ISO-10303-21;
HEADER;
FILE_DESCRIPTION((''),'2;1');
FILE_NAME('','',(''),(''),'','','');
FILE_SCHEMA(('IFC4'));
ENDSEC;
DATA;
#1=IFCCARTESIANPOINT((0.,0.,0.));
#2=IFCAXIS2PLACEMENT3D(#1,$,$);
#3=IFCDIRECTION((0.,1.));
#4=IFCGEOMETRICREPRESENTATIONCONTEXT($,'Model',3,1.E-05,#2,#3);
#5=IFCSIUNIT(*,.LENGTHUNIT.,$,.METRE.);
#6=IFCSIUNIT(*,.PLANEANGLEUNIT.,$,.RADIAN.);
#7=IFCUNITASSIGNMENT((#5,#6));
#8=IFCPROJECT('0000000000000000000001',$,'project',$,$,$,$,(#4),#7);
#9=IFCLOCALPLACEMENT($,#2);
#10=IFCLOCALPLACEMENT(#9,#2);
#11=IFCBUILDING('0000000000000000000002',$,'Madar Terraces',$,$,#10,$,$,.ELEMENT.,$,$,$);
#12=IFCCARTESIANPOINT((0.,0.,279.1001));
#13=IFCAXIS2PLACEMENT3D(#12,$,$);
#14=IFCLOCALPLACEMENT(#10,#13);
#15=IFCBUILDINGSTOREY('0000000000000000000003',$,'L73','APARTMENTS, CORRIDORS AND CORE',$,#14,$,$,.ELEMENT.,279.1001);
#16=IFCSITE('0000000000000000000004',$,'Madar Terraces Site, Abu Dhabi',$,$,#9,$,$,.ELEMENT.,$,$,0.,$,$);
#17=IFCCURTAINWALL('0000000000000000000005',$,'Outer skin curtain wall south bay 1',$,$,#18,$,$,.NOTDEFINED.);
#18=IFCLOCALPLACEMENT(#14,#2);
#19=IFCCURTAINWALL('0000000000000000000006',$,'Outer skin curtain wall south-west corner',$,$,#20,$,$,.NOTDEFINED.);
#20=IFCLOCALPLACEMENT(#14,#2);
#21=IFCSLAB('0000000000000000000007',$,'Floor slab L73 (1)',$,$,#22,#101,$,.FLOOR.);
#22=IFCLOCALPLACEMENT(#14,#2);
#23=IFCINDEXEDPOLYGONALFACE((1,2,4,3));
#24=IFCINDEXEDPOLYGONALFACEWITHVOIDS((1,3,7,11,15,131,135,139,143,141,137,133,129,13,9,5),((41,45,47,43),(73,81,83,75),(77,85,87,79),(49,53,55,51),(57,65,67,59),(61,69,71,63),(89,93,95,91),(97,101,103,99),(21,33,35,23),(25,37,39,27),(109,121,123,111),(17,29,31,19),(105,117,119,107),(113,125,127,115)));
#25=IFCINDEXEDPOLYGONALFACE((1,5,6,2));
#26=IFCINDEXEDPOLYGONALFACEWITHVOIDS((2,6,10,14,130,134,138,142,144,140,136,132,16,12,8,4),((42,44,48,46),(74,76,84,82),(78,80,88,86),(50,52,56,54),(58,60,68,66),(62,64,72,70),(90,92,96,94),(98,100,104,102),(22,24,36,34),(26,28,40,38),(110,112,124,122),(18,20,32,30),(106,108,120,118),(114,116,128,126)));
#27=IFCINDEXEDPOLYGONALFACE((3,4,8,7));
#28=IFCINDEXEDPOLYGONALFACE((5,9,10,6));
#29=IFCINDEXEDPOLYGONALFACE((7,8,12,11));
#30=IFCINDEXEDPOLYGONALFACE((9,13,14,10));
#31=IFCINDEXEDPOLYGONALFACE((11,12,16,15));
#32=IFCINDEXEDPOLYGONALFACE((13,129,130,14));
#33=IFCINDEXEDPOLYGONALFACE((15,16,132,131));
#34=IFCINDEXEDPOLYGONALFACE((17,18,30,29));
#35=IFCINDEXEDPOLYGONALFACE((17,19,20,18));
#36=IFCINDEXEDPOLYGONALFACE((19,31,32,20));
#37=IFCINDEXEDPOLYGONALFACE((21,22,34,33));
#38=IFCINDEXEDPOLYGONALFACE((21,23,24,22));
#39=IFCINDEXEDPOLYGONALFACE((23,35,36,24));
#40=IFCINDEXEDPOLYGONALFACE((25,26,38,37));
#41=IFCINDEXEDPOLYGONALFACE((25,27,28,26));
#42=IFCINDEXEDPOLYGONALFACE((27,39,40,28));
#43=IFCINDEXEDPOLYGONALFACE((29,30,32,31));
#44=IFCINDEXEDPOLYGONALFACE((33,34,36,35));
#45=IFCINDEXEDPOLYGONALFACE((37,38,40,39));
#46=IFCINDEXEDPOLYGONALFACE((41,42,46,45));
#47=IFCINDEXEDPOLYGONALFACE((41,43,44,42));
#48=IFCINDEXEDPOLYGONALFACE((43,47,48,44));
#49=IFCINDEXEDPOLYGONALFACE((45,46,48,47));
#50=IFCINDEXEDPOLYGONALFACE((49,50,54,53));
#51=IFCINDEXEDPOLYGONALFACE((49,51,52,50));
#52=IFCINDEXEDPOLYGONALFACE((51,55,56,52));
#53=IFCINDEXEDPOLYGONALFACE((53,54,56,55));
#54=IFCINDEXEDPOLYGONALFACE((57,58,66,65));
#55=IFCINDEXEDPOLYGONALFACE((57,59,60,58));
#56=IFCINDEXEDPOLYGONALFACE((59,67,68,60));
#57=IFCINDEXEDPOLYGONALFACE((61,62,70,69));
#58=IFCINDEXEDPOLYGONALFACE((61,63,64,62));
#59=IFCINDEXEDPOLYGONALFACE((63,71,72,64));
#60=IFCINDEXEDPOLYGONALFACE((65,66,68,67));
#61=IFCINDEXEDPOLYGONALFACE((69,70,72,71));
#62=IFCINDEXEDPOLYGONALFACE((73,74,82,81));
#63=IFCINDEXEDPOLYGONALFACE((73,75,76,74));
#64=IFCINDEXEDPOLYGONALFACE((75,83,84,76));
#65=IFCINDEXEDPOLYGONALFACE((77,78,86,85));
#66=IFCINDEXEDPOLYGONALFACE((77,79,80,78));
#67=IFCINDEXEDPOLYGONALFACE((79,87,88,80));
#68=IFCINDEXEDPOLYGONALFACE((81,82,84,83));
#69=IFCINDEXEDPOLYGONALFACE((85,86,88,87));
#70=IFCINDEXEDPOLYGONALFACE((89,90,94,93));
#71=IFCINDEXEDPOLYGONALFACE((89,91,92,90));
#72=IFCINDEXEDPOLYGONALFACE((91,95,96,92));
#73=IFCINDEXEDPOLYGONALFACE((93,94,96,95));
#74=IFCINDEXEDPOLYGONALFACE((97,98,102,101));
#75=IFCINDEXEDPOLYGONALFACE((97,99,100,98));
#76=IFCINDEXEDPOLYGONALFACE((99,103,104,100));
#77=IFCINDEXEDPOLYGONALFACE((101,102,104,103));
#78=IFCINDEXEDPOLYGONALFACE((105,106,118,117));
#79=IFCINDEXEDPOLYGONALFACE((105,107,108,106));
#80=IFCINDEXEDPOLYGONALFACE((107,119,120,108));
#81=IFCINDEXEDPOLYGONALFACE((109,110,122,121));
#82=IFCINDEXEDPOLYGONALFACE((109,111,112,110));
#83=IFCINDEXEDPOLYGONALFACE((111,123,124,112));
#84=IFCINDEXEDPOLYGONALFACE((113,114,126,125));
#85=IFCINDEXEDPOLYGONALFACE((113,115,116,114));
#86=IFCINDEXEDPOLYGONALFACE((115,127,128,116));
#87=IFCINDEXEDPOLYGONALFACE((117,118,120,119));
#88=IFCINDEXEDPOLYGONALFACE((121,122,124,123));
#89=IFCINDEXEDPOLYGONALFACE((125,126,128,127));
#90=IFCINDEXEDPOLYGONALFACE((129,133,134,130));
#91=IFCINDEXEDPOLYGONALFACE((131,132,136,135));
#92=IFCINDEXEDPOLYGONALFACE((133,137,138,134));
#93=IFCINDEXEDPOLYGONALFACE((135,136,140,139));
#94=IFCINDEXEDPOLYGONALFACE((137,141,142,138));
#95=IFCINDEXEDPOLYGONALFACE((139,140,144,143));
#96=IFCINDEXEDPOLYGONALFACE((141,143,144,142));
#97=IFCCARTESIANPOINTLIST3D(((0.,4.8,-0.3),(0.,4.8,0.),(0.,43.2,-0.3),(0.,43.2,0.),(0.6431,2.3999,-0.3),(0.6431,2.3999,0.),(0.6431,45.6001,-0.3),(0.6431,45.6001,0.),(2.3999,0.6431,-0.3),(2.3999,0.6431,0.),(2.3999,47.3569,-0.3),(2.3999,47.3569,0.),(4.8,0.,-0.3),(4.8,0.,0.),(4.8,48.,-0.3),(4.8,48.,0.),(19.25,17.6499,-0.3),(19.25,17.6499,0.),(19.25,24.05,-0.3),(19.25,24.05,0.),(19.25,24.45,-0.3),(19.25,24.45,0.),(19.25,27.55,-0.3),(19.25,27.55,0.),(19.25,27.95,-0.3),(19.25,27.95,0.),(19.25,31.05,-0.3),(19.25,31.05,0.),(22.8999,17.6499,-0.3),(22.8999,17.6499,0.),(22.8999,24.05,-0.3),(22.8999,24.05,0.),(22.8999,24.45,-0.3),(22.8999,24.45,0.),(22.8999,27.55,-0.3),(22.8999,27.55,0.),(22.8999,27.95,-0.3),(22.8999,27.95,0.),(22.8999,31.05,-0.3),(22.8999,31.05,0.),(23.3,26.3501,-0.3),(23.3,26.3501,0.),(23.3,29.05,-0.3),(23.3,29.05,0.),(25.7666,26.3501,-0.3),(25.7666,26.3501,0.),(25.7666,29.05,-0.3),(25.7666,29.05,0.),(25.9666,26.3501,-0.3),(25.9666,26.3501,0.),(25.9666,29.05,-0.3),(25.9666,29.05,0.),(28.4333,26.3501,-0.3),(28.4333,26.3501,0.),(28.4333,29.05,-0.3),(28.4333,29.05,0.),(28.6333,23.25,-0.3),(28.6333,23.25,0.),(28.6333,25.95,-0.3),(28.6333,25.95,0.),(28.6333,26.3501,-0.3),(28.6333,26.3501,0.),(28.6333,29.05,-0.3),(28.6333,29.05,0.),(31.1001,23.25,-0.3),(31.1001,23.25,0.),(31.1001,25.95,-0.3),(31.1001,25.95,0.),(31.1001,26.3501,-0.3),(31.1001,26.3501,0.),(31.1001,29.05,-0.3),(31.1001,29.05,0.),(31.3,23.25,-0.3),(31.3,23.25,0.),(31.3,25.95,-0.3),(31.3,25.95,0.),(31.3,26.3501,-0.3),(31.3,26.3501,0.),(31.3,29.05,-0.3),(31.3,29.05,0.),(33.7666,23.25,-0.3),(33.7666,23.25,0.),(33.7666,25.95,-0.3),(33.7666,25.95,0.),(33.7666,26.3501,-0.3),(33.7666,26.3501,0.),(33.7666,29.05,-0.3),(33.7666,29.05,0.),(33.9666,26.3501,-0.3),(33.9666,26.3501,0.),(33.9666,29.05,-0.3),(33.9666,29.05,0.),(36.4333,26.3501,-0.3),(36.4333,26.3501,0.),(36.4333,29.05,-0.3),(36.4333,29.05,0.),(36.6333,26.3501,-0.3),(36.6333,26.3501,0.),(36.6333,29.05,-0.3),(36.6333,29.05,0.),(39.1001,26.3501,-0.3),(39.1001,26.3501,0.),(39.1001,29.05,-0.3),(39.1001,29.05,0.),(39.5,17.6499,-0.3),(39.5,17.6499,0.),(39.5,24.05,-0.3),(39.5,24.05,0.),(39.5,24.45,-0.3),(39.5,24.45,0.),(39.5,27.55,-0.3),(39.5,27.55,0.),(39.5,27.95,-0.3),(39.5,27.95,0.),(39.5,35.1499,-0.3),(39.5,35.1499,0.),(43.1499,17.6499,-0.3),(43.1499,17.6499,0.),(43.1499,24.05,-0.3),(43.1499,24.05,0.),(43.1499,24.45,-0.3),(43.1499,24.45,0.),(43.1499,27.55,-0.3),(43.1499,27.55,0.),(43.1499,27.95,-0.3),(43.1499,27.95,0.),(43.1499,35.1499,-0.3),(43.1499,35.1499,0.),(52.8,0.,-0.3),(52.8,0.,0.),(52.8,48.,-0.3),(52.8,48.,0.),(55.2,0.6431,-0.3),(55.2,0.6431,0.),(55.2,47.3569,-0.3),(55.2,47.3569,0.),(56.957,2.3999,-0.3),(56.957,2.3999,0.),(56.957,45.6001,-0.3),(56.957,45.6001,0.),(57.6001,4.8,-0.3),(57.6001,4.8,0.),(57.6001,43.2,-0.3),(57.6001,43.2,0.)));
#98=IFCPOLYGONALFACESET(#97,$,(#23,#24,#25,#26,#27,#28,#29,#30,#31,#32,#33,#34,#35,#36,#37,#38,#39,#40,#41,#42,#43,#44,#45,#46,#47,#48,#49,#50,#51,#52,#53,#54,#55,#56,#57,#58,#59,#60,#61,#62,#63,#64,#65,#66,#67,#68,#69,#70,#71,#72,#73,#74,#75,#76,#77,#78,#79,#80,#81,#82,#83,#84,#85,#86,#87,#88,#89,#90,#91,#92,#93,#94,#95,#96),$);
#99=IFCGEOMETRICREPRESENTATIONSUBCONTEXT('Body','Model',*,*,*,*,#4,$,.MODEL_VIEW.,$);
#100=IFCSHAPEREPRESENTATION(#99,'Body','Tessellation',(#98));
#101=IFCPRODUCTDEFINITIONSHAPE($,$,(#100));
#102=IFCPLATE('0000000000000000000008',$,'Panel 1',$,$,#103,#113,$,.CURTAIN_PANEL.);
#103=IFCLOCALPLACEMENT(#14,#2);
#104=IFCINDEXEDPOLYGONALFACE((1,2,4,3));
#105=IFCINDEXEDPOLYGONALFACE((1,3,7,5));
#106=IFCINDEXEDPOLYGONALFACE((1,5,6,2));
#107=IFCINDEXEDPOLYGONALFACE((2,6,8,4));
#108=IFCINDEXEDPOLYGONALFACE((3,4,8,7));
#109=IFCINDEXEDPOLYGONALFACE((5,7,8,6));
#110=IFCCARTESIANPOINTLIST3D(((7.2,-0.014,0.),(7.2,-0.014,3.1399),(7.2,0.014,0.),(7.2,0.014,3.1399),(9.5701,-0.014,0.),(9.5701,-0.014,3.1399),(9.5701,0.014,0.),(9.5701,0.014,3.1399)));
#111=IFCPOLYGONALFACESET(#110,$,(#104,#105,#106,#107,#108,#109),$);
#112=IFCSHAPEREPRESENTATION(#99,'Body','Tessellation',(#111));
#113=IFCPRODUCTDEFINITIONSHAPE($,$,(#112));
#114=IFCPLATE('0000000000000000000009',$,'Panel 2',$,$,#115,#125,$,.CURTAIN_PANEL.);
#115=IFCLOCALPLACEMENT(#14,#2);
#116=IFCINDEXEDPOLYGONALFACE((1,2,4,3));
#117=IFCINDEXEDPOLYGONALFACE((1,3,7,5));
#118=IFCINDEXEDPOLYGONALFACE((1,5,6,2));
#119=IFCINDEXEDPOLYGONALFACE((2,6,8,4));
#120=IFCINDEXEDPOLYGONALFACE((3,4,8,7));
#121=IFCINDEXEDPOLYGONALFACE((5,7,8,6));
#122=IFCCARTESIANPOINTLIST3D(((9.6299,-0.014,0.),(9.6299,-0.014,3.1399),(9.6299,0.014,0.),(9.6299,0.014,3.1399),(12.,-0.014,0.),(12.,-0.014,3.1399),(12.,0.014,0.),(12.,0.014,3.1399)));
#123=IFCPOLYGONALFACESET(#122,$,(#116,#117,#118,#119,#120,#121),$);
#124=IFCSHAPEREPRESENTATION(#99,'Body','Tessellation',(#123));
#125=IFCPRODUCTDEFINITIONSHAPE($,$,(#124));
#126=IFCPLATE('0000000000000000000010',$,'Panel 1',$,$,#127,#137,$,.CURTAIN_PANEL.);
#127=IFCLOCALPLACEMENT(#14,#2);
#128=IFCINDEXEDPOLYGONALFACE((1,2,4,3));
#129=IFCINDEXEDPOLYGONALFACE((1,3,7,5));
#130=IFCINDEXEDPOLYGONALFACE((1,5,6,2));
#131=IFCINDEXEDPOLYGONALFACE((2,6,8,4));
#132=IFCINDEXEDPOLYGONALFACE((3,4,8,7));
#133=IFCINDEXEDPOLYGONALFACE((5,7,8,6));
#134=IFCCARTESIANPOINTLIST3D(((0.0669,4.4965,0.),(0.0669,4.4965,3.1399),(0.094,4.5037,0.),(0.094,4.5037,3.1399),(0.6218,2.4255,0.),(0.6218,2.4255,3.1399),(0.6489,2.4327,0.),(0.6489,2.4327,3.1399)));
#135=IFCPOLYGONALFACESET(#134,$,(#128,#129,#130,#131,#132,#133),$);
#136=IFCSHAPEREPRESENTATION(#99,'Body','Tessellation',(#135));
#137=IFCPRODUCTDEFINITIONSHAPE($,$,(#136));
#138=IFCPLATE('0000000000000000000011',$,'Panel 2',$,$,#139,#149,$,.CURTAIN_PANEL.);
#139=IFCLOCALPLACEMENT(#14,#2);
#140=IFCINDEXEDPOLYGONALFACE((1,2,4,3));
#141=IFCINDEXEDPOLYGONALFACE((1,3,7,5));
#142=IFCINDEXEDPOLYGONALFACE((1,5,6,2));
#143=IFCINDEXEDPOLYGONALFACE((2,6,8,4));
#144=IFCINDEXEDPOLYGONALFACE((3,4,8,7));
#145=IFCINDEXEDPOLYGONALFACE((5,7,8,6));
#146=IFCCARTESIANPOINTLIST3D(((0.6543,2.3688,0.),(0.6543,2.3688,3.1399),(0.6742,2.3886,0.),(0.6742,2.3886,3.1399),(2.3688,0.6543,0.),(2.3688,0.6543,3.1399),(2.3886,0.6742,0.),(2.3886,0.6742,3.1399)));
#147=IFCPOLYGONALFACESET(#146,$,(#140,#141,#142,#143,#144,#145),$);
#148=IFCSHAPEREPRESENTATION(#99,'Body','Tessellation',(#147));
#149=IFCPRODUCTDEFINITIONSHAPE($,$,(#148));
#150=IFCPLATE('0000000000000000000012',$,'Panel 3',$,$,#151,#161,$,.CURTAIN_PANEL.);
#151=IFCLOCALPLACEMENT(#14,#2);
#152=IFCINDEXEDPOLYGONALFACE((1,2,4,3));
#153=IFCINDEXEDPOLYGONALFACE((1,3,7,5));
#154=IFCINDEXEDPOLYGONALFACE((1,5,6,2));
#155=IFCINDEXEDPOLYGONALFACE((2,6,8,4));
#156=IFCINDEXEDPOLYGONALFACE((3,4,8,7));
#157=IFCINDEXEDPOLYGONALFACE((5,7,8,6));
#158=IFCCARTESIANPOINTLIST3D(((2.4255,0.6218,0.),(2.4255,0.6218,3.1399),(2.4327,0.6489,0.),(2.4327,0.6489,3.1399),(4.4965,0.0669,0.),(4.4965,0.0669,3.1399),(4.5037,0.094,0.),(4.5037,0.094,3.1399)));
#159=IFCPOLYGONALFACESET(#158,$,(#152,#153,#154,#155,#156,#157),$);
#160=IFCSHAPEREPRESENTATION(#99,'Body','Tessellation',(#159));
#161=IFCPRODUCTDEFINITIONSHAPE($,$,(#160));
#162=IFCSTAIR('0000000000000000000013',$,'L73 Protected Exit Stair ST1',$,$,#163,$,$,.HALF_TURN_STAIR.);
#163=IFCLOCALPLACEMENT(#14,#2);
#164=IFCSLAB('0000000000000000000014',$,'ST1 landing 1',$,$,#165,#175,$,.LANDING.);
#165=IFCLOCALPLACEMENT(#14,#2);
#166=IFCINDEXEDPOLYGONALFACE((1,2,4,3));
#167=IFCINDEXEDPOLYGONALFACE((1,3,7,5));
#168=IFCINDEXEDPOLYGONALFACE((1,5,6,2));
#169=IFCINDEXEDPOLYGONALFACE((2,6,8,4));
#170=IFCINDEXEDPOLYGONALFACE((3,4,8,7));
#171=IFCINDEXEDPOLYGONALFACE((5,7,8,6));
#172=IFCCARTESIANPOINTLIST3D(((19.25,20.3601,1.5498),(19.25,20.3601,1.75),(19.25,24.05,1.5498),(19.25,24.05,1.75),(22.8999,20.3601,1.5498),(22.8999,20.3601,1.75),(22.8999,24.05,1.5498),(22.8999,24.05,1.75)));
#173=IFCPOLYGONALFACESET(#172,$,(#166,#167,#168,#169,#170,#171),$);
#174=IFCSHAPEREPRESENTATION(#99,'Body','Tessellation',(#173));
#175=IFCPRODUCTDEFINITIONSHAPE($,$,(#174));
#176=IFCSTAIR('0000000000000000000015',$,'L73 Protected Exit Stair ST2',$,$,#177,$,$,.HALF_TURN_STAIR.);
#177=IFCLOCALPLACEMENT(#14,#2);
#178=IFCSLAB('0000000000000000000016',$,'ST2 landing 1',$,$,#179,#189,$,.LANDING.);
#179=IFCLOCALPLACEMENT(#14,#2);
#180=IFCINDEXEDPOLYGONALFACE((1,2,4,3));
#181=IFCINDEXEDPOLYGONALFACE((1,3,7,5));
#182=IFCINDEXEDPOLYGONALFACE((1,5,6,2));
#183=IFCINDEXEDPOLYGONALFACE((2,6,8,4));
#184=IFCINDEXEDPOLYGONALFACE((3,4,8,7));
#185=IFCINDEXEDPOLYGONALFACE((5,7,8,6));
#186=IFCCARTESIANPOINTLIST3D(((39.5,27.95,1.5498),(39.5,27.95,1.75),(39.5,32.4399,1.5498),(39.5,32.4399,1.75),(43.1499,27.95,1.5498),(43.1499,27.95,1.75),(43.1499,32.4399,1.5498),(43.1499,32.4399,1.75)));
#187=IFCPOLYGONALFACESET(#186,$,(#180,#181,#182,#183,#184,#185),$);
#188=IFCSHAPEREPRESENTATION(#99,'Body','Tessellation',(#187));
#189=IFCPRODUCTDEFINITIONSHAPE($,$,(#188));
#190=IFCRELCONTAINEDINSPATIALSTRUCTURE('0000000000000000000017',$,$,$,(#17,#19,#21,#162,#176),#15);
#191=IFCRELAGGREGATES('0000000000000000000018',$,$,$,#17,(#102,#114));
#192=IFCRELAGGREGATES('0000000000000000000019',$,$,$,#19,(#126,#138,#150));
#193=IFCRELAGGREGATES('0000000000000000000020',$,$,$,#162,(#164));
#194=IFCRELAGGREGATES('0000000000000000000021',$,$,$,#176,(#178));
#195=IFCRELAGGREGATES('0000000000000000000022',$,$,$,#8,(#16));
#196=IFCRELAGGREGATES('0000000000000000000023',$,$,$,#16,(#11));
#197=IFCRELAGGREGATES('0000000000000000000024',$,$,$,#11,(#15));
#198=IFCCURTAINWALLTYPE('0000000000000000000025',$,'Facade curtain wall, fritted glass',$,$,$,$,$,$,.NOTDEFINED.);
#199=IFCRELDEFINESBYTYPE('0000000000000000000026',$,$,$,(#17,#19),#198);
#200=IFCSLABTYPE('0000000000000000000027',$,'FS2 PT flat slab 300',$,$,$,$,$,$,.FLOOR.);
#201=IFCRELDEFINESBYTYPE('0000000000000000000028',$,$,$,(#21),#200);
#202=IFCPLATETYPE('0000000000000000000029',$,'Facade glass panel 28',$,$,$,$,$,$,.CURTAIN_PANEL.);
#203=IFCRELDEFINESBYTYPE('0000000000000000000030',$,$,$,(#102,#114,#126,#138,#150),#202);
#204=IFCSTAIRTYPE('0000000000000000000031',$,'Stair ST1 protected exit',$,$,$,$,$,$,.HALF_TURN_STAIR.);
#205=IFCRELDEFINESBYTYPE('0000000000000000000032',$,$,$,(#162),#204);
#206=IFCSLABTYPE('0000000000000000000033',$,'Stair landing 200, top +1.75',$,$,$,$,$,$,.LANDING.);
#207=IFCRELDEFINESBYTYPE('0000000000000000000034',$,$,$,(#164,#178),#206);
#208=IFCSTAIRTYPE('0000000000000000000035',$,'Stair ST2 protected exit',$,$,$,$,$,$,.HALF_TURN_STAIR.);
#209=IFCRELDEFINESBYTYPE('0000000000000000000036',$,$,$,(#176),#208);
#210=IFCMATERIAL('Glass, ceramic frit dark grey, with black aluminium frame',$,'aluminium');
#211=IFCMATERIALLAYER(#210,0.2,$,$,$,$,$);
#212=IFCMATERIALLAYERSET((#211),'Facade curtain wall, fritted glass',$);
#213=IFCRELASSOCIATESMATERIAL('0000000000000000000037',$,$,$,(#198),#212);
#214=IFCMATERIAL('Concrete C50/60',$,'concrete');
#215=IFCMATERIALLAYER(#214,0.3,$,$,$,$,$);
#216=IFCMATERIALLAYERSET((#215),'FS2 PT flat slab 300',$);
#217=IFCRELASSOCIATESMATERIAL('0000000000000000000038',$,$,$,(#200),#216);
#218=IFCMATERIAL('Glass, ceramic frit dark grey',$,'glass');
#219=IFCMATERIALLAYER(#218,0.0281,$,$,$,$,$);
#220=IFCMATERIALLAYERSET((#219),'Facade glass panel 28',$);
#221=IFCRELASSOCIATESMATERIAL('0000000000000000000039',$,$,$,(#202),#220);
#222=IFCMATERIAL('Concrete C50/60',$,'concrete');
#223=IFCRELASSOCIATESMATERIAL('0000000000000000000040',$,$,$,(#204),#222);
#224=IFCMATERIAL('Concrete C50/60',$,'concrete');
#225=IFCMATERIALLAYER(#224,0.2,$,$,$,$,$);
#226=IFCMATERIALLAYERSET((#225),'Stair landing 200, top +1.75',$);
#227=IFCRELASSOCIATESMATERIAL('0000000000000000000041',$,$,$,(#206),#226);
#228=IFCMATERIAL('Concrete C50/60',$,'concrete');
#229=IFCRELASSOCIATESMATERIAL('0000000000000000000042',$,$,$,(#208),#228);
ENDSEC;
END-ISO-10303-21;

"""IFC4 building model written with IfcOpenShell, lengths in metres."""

from ifc_helpers import new_model, si_unit, direction, frame, origin, origin_2d, place, context, subcontext, project, spatial, polyline, rectangle, outline, extrude, material, layer, layer_set, type_object, element, aggregate, save


model = new_model("IFC4")

# Units and contexts
model_context = context("Model", 3, precision=1e-05, world=origin(), true_north=direction((0.0, 1.0)))
body_context = subcontext(model_context, "Body", "Model", "MODEL_VIEW")
ifc_project = project(units=[si_unit("LENGTHUNIT", "METRE"), si_unit("PLANEANGLEUNIT", "RADIAN")], contexts=[model_context])

# Site, building, storey
site_placement = place(None, origin())
site = spatial("IfcSite", under=ifc_project, at=site_placement, Name="Madar Terraces Site, Abu Dhabi", CompositionType="ELEMENT", RefElevation=0.0)
building_placement = place(site_placement, origin())
building = spatial("IfcBuilding", under=site, at=building_placement, Name="Madar Terraces", CompositionType="ELEMENT")
storey_placement = place(building_placement, frame((0.0, 0.0, 279.1001)))
storey = spatial("IfcBuildingStorey", under=building, at=storey_placement, Name="L73", Description="APARTMENTS, CORRIDORS AND CORE", CompositionType="ELEMENT", Elevation=279.1001)

# Curtain wall
ifc_material_1 = material(Name="Glass, ceramic frit dark grey, with black aluminium frame", Category="aluminium")
ifc_layer_1 = layer(ifc_material_1, 0.2)
ifc_layer_set_1 = layer_set([ifc_layer_1], Name="Facade curtain wall, fritted glass")
curtain_wall_type = type_object("IfcCurtainWallType", Name="Facade curtain wall, fritted glass", PredefinedType="NOTDEFINED", material=ifc_layer_set_1)
curtain_wall_1_placement = place(storey_placement, origin())
curtain_wall_1 = element("IfcCurtainWall", 1, at=curtain_wall_1_placement, inside=storey, type_object=curtain_wall_type, Name="Outer skin curtain wall south bay 1", PredefinedType="NOTDEFINED")

# Curtain wall
curtain_wall_2_placement = place(storey_placement, origin())
curtain_wall_2 = element("IfcCurtainWall", 2, at=curtain_wall_2_placement, inside=storey, type_object=curtain_wall_type, Name="Outer skin curtain wall south-west corner", PredefinedType="NOTDEFINED")

# Slab
ifc_material_2 = material(Name="Concrete C50/60", Category="concrete")
ifc_layer_2 = layer(ifc_material_2, 0.3)
ifc_layer_set_2 = layer_set([ifc_layer_2], Name="FS2 PT flat slab 300")
slab_type_1 = type_object("IfcSlabType", Name="FS2 PT flat slab 300", PredefinedType="FLOOR", material=ifc_layer_set_2)
slab_1_placement = place(storey_placement, frame((0.0, 0.0, -0.3)))
element("IfcSlab", 3, at=slab_1_placement, inside=storey, type_object=slab_type_1, Name="Floor slab L73 (1)", PredefinedType="FLOOR", context=body_context, shape_type="SweptSolid", body=[
    extrude(outline(polyline([(52.8, 0.0), (55.2, 0.6431), (56.957, 2.3999), (57.6001, 4.8), (57.6001, 43.2), (56.957, 45.6001), (55.2, 47.3569), (52.8, 48.0), (4.8, 48.0), (2.3999, 47.3569), (0.6431, 45.6001), (0.0, 43.2), (0.0, 4.8), (0.6431, 2.3999), (2.3999, 0.6431), (4.8, 0.0), (52.8, 0.0)]), holes=[polyline([(22.8999, 17.6499), (19.25, 17.6499), (19.25, 24.05), (22.8999, 24.05), (22.8999, 17.6499)]), polyline([(28.6333, 23.25), (28.6333, 25.95), (31.1001, 25.95), (31.1001, 23.25), (28.6333, 23.25)]), polyline([(19.25, 24.45), (19.25, 27.55), (22.8999, 27.55), (22.8999, 24.45), (19.25, 24.45)]), polyline([(23.3, 26.3501), (23.3, 29.05), (25.7666, 29.05), (25.7666, 26.3501), (23.3, 26.3501)]), polyline([(25.9666, 26.3501), (25.9666, 29.05), (28.4333, 29.05), (28.4333, 26.3501), (25.9666, 26.3501)]), polyline([(28.6333, 26.3501), (28.6333, 29.05), (31.1001, 29.05), (31.1001, 26.3501), (28.6333, 26.3501)]), polyline([(19.25, 27.95), (19.25, 31.05), (22.8999, 31.05), (22.8999, 27.95), (19.25, 27.95)]), polyline([(43.1499, 17.6499), (39.5, 17.6499), (39.5, 24.05), (43.1499, 24.05), (43.1499, 17.6499)]), polyline([(31.3, 23.25), (31.3, 25.95), (33.7666, 25.95), (33.7666, 23.25), (31.3, 23.25)]), polyline([(39.5, 24.45), (39.5, 27.55), (43.1499, 27.55), (43.1499, 24.45), (39.5, 24.45)]), polyline([(31.3, 26.3501), (31.3, 29.05), (33.7666, 29.05), (33.7666, 26.3501), (31.3, 26.3501)]), polyline([(33.9666, 26.3501), (33.9666, 29.05), (36.4333, 29.05), (36.4333, 26.3501), (33.9666, 26.3501)]), polyline([(36.6333, 26.3501), (36.6333, 29.05), (39.1001, 29.05), (39.1001, 26.3501), (36.6333, 26.3501)]), polyline([(39.5, 27.95), (39.5, 35.1499), (43.1499, 35.1499), (43.1499, 27.95), (39.5, 27.95)])]), origin(), (0.0, 0.0, 1.0), 0.3),
])

# Plates
ifc_material_3 = material(Name="Glass, ceramic frit dark grey", Category="glass")
ifc_layer_3 = layer(ifc_material_3, 0.0281)
ifc_layer_set_3 = layer_set([ifc_layer_3], Name="Facade glass panel 28")
plate_type = type_object("IfcPlateType", Name="Facade glass panel 28", PredefinedType="CURTAIN_PANEL", material=ifc_layer_set_3)
plate_1_placement = place(storey_placement, frame((8.385, 0.0, 0.0), z_axis=(0.0, 0.0, 1.0), x_axis=(1.0, 0.0, 0.0)))
plate_1 = element("IfcPlate", 4, at=plate_1_placement, type_object=plate_type, Name="Panel 1", PredefinedType="CURTAIN_PANEL", context=body_context, shape_type="SweptSolid", body=[
    extrude(rectangle(XDim=2.3701, YDim=0.0281, at=origin_2d()), origin(), (0.0, 0.0, 1.0), 3.1399),
])
plate_2_placement = place(storey_placement, frame((10.8149, 0.0, 0.0), z_axis=(0.0, 0.0, 1.0), x_axis=(1.0, 0.0, 0.0)))
plate_2 = element("IfcPlate", 5, at=plate_2_placement, type_object=plate_type, Name="Panel 2", PredefinedType="CURTAIN_PANEL", context=body_context, shape_type="SweptSolid", body=[
    extrude(rectangle(XDim=2.3701, YDim=0.0281, at=origin_2d()), origin(), (0.0, 0.0, 1.0), 3.1399),
])
aggregate(curtain_wall_1, [plate_1, plate_2])
plate_3_placement = place(storey_placement, frame((0.3579, 3.4646, 0.0), z_axis=(0.0, 0.0, 1.0), x_axis=(0.258819, -0.965926, 0.0)))
plate_3 = element("IfcPlate", 6, at=plate_3_placement, type_object=plate_type, Name="Panel 1", PredefinedType="CURTAIN_PANEL", context=body_context, shape_type="SweptSolid", body=[
    extrude(rectangle(XDim=2.144, YDim=0.0281, at=origin_2d()), origin(), (0.0, 0.0, 1.0), 3.1399),
])
plate_4_placement = place(storey_placement, frame((1.5215, 1.5215, 0.0), z_axis=(0.0, 0.0, 1.0), x_axis=(0.707107, -0.707107, 0.0)))
plate_4 = element("IfcPlate", 7, at=plate_4_placement, type_object=plate_type, Name="Panel 2", PredefinedType="CURTAIN_PANEL", context=body_context, shape_type="SweptSolid", body=[
    extrude(rectangle(XDim=2.4246, YDim=0.0281, at=origin_2d()), origin(), (0.0, 0.0, 1.0), 3.1399),
])
plate_5_placement = place(storey_placement, frame((3.4646, 0.3579, 0.0), z_axis=(0.0, 0.0, 1.0), x_axis=(0.965926, -0.258819, 0.0)))
plate_5 = element("IfcPlate", 8, at=plate_5_placement, type_object=plate_type, Name="Panel 3", PredefinedType="CURTAIN_PANEL", context=body_context, shape_type="SweptSolid", body=[
    extrude(rectangle(XDim=2.144, YDim=0.0281, at=origin_2d()), origin(), (0.0, 0.0, 1.0), 3.1399),
])
aggregate(curtain_wall_2, [plate_3, plate_4, plate_5])

# Stairs, slabs
ifc_material_4 = material(Name="Concrete C50/60", Category="concrete")
stair_type_1 = type_object("IfcStairType", Name="Stair ST1 protected exit", PredefinedType="HALF_TURN_STAIR", material=ifc_material_4)
stair_1_placement = place(storey_placement, origin())
stair_1 = element("IfcStair", 9, at=stair_1_placement, inside=storey, type_object=stair_type_1, Name="L73 Protected Exit Stair ST1", PredefinedType="HALF_TURN_STAIR")
ifc_material_5 = material(Name="Concrete C50/60", Category="concrete")
ifc_layer_4 = layer(ifc_material_5, 0.2)
ifc_layer_set_4 = layer_set([ifc_layer_4], Name="Stair landing 200, top +1.75")
slab_type_2 = type_object("IfcSlabType", Name="Stair landing 200, top +1.75", PredefinedType="LANDING", material=ifc_layer_set_4)
slab_2_placement = place(storey_placement, frame((0.0, 0.0, 1.5498)))
slab_2 = element("IfcSlab", 10, at=slab_2_placement, type_object=slab_type_2, Name="ST1 landing 1", PredefinedType="LANDING", context=body_context, shape_type="SweptSolid", body=[
    extrude(outline(polyline([(19.25, 20.3601), (22.8999, 20.3601), (22.8999, 24.05), (19.25, 24.05), (19.25, 20.3601)])), origin(), (0.0, 0.0, 1.0), 0.2002),
])
aggregate(stair_1, [slab_2])
ifc_material_6 = material(Name="Concrete C50/60", Category="concrete")
stair_type_2 = type_object("IfcStairType", Name="Stair ST2 protected exit", PredefinedType="HALF_TURN_STAIR", material=ifc_material_6)
stair_2_placement = place(storey_placement, origin())
stair_2 = element("IfcStair", 11, at=stair_2_placement, inside=storey, type_object=stair_type_2, Name="L73 Protected Exit Stair ST2", PredefinedType="HALF_TURN_STAIR")
slab_3_placement = place(storey_placement, frame((0.0, 0.0, 1.5498)))
slab_3 = element("IfcSlab", 12, at=slab_3_placement, type_object=slab_type_2, Name="ST2 landing 1", PredefinedType="LANDING", context=body_context, shape_type="SweptSolid", body=[
    extrude(outline(polyline([(39.5, 27.95), (43.1499, 27.95), (43.1499, 32.4399), (39.5, 32.4399), (39.5, 27.95)])), origin(), (0.0, 0.0, 1.0), 0.2002),
])
aggregate(stair_2, [slab_3])

save(model, "model.ifc")
